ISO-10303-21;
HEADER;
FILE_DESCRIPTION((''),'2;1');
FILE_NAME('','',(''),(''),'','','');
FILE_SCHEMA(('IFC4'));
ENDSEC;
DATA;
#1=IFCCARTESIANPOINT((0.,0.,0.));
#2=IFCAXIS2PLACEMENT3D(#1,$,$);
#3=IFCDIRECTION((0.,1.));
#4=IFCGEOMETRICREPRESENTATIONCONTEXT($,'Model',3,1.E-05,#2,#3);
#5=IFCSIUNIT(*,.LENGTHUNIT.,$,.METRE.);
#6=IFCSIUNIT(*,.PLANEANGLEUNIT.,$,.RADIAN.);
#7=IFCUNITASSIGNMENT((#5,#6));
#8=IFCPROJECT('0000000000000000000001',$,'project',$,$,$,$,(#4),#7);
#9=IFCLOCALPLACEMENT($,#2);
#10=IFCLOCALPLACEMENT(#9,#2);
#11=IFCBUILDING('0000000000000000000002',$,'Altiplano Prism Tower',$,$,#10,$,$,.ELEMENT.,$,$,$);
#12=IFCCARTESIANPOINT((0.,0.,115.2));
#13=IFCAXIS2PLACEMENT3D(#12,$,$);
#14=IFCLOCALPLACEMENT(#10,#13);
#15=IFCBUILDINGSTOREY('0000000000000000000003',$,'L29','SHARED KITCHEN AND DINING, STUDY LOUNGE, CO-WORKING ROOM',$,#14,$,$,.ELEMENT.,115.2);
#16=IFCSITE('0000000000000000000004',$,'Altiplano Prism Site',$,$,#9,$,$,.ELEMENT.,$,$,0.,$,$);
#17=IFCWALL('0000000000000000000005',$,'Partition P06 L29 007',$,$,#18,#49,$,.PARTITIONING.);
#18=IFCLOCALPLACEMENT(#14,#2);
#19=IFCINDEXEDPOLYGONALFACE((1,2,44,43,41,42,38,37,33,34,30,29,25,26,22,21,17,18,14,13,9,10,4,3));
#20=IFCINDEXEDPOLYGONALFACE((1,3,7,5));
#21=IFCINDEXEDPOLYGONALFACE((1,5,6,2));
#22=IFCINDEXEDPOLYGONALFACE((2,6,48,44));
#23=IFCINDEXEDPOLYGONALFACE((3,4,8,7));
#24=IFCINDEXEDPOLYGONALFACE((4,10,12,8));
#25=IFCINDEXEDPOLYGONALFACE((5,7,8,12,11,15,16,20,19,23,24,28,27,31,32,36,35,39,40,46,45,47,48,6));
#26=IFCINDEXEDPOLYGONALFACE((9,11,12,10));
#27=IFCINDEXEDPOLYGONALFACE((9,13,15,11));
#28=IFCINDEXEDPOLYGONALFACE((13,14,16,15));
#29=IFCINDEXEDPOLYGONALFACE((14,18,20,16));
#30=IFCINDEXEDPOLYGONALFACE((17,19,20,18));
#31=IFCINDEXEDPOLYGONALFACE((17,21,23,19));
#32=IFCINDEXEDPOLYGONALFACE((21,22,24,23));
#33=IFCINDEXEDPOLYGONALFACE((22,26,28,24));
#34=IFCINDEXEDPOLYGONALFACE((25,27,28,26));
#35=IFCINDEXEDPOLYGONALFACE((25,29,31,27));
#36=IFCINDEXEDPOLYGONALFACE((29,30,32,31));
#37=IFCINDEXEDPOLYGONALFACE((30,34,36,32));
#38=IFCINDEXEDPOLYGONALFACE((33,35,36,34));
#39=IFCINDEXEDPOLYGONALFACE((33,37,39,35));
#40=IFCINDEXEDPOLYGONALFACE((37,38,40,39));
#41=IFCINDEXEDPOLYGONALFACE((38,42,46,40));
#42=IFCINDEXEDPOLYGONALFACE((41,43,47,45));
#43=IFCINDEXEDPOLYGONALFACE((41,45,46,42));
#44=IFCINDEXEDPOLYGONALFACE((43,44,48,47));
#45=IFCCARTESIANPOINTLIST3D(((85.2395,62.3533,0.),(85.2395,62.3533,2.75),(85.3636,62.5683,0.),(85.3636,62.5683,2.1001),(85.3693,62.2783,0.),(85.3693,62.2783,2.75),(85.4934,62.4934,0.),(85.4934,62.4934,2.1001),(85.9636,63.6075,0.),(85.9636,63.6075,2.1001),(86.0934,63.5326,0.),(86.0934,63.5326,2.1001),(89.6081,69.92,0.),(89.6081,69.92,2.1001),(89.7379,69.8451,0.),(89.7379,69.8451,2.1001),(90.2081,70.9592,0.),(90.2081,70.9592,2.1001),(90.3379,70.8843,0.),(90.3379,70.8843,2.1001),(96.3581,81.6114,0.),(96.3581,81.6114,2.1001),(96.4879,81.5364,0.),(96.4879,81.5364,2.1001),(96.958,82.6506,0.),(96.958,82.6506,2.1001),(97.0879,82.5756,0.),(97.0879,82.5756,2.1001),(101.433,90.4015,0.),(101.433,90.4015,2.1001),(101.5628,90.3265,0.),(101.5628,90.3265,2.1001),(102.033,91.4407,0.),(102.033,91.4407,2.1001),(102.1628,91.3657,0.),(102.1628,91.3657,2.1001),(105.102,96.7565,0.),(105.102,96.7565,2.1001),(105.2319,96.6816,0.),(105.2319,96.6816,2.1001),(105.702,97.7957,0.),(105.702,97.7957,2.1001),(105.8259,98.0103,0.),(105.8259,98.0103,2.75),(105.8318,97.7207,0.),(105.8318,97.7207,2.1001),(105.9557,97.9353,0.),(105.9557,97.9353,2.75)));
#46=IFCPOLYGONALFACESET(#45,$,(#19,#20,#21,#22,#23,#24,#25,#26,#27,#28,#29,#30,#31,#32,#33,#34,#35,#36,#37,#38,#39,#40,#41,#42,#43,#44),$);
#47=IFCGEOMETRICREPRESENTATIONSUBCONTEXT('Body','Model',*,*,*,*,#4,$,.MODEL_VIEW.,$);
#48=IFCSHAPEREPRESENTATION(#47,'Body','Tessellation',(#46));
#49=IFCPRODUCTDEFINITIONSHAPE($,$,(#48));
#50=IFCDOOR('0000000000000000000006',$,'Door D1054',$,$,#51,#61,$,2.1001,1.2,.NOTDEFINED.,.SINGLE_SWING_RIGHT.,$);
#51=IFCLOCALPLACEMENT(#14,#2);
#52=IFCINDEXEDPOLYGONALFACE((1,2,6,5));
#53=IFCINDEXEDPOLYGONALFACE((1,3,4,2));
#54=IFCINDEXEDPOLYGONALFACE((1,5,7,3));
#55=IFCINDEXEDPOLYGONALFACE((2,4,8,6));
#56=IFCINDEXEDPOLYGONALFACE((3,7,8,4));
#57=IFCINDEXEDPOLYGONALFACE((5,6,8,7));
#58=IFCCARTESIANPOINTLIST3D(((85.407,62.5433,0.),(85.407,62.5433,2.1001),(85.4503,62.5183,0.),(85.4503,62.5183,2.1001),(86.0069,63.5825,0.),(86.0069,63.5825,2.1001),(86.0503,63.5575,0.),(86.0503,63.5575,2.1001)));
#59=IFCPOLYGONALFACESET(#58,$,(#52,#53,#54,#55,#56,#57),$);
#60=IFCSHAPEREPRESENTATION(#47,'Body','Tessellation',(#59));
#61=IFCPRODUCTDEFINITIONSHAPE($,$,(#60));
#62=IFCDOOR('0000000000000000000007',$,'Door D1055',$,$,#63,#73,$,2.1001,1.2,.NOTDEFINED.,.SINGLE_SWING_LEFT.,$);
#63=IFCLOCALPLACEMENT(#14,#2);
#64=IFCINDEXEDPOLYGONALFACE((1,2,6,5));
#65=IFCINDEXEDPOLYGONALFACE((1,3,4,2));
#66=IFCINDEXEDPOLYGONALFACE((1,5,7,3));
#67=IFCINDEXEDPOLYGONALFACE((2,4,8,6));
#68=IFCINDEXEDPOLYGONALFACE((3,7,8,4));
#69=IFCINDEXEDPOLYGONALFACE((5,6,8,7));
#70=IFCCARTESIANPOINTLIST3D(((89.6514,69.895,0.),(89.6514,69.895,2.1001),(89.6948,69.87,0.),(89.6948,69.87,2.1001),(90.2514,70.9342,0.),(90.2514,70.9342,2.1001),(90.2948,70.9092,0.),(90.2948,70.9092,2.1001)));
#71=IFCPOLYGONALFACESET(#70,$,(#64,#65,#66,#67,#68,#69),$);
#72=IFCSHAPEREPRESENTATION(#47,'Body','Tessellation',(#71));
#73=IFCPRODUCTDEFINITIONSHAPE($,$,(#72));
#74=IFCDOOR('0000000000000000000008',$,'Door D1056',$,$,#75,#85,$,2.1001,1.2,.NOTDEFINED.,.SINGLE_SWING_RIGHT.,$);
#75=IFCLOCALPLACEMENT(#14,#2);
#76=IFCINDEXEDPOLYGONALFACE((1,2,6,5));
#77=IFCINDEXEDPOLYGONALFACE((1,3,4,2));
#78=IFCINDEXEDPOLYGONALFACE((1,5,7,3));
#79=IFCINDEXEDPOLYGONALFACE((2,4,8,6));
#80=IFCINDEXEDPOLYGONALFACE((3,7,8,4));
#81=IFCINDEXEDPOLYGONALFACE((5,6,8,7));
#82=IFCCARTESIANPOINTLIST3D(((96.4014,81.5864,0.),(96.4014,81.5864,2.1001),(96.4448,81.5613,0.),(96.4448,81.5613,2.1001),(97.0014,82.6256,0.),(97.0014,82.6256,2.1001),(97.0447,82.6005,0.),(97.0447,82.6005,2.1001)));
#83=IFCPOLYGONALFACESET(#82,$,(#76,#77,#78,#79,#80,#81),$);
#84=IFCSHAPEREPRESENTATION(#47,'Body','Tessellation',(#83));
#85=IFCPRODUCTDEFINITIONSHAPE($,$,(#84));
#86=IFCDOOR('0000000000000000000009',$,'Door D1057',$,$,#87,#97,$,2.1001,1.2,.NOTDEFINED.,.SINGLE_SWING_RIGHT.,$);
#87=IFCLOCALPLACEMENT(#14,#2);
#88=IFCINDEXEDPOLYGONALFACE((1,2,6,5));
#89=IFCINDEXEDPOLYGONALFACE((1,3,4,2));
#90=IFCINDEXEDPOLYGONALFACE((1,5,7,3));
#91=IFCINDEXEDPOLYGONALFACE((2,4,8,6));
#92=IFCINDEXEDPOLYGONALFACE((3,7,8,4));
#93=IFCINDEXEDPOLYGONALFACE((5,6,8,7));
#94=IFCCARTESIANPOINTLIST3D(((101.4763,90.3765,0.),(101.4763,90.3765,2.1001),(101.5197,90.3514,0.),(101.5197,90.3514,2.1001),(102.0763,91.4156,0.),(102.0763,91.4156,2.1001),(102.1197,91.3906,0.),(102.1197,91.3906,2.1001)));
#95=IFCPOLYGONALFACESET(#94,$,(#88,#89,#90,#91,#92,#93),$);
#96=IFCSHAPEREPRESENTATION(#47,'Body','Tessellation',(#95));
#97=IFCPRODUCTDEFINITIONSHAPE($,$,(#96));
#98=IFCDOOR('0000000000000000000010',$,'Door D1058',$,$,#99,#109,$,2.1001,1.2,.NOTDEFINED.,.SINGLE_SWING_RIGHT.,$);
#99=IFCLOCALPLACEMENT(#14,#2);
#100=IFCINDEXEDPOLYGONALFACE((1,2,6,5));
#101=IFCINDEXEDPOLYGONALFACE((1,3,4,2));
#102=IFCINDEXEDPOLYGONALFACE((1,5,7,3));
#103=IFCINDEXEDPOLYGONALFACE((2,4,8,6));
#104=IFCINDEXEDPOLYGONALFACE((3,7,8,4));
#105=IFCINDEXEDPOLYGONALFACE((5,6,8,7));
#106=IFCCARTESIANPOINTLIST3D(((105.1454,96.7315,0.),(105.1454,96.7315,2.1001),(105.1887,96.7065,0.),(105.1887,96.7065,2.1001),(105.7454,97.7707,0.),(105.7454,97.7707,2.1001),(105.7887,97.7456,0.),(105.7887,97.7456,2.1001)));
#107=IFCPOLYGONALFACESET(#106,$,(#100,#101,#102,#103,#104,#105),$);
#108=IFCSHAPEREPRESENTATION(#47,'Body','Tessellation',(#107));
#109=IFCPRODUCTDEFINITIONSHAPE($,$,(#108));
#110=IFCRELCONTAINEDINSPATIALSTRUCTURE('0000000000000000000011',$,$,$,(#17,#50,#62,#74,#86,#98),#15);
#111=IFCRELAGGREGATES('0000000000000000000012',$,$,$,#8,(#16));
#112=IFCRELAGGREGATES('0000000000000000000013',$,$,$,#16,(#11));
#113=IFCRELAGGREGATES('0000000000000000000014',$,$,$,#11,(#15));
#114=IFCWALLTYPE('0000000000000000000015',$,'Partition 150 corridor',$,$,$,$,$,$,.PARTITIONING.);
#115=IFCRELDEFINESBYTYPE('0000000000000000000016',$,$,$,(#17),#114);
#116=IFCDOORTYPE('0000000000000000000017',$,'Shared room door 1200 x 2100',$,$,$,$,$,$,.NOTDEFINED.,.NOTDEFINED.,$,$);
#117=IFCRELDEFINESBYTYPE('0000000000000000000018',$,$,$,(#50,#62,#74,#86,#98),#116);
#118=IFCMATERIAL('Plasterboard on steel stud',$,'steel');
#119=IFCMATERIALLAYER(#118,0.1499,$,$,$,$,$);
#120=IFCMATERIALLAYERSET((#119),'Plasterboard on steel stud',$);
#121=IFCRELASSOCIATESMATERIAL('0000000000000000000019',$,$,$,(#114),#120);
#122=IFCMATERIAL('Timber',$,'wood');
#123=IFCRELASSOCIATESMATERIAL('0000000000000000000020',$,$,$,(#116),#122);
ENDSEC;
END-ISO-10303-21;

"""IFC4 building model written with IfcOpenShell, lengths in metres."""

from ifc_helpers import new_model, si_unit, direction, frame, frame_2d, origin, place, context, subcontext, project, spatial, rectangle, extrude, material, layer, layer_set, type_object, element, fill, save


model = new_model("IFC4")

# Units and contexts
model_context = context("Model", 3, precision=1e-05, world=origin(), true_north=direction((0.0, 1.0)))
body_context = subcontext(model_context, "Body", "Model", "MODEL_VIEW")
ifc_project = project(units=[si_unit("LENGTHUNIT", "METRE"), si_unit("PLANEANGLEUNIT", "RADIAN")], contexts=[model_context])

# Site, building, storey
site_placement = place(None, origin())
site = spatial("IfcSite", under=ifc_project, at=site_placement, Name="Altiplano Prism Site", CompositionType="ELEMENT", RefElevation=0.0)
building_placement = place(site_placement, origin())
building = spatial("IfcBuilding", under=site, at=building_placement, Name="Altiplano Prism Tower", CompositionType="ELEMENT")
storey_placement = place(building_placement, frame((0.0, 0.0, 115.2)))
storey = spatial("IfcBuildingStorey", under=building, at=storey_placement, Name="L29", Description="SHARED KITCHEN AND DINING, STUDY LOUNGE, CO-WORKING ROOM", CompositionType="ELEMENT", Elevation=115.2)

# Shared definitions
ifc_material_1 = material(Name="Plasterboard on steel stud", Category="steel")
ifc_layer_1 = layer(ifc_material_1, 0.1499)
ifc_layer_set_1 = layer_set([ifc_layer_1], Name="Plasterboard on steel stud")
wall_type_1 = type_object("IfcWallType", Name="Partition 150 corridor", PredefinedType="PARTITIONING", material=ifc_layer_set_1)

# Wall, openings, doors
wall_1_placement = place(storey_placement, frame((85.3044, 62.3159, 0.0), z_axis=(0.0, 0.0, 1.0), x_axis=(0.499997, 0.866027, 0.0)))
wall_1 = element("IfcWall", 1, at=wall_1_placement, inside=storey, type_object=wall_type_1, Name="Partition P06 L29 007", PredefinedType="PARTITIONING", context=body_context, shape_type="SweptSolid", body=[
    extrude(rectangle(XDim=41.1731, YDim=0.1499, at=frame_2d((20.5864, 0.0))), origin(), (0.0, 0.0, 1.0), 2.75),
])
opening_1_placement = place(wall_1_placement, frame((0.248, 0.0, 0.0)))
opening_1 = element("IfcOpeningElement", 2, at=opening_1_placement, cuts=wall_1, PredefinedType="OPENING", context=body_context, shape_type="SweptSolid", body=[
    extrude(rectangle(XDim=1.2, YDim=2.1001, at=frame_2d((0.6001, 1.05))), frame((0.0, 0.0854, 0.0), z_axis=(0.0, -1.0, 0.0), x_axis=(1.0, 0.0, 0.0)), (0.0, 0.0, 1.0), 0.1709),
])
opening_2_placement = place(wall_1_placement, frame((8.7371, 0.0, 0.0)))
opening_2 = element("IfcOpeningElement", 3, at=opening_2_placement, cuts=wall_1, PredefinedType="OPENING", context=body_context, shape_type="SweptSolid", body=[
    extrude(rectangle(XDim=1.2, YDim=2.1001, at=frame_2d((0.6001, 1.05))), frame((0.0, 0.0854, 0.0), z_axis=(0.0, -1.0, 0.0), x_axis=(1.0, 0.0, 0.0)), (0.0, 0.0, 1.0), 0.1709),
])
opening_3_placement = place(wall_1_placement, frame((22.2371, 0.0, 0.0)))
opening_3 = element("IfcOpeningElement", 4, at=opening_3_placement, cuts=wall_1, PredefinedType="OPENING", context=body_context, shape_type="SweptSolid", body=[
    extrude(rectangle(XDim=1.2, YDim=2.1001, at=frame_2d((0.6001, 1.05))), frame((0.0, 0.0854, 0.0), z_axis=(0.0, -1.0, 0.0), x_axis=(1.0, 0.0, 0.0)), (0.0, 0.0, 1.0), 0.1709),
])
opening_4_placement = place(wall_1_placement, frame((32.387, 0.0, 0.0)))
opening_4 = element("IfcOpeningElement", 5, at=opening_4_placement, cuts=wall_1, PredefinedType="OPENING", context=body_context, shape_type="SweptSolid", body=[
    extrude(rectangle(XDim=1.2, YDim=2.1001, at=frame_2d((0.6001, 1.05))), frame((0.0, 0.0854, 0.0), z_axis=(0.0, -1.0, 0.0), x_axis=(1.0, 0.0, 0.0)), (0.0, 0.0, 1.0), 0.1709),
])
opening_5_placement = place(wall_1_placement, frame((39.7251, 0.0, 0.0)))
opening_5 = element("IfcOpeningElement", 6, at=opening_5_placement, cuts=wall_1, PredefinedType="OPENING", context=body_context, shape_type="SweptSolid", body=[
    extrude(rectangle(XDim=1.2, YDim=2.1001, at=frame_2d((0.6001, 1.05))), frame((0.0, 0.0854, 0.0), z_axis=(0.0, -1.0, 0.0), x_axis=(1.0, 0.0, 0.0)), (0.0, 0.0, 1.0), 0.1709),
])
ifc_material_2 = material(Name="Timber", Category="wood")
door_type_1 = type_object("IfcDoorType", Name="Shared room door 1200 x 2100", OperationType="NOTDEFINED", PredefinedType="NOTDEFINED", material=ifc_material_2)
door_1_placement = place(opening_1_placement, origin())
door_1 = element("IfcDoor", 7, at=door_1_placement, inside=storey, type_object=door_type_1, Name="Door D1054", OperationType="SINGLE_SWING_RIGHT", OverallHeight=2.1001, OverallWidth=1.2, PredefinedType="NOTDEFINED", context=body_context, shape_type="SweptSolid", body=[
    extrude(rectangle(XDim=1.2, YDim=2.1001, at=frame_2d((0.6001, 1.05))), frame((0.0, 0.0249, 0.0), z_axis=(0.0, -1.0, 0.0), x_axis=(1.0, 0.0, 0.0)), (0.0, 0.0, 1.0), 0.05),
])
fill(opening_1, door_1)
door_2_placement = place(opening_2_placement, origin())
door_2 = element("IfcDoor", 8, at=door_2_placement, inside=storey, type_object=door_type_1, Name="Door D1055", OperationType="SINGLE_SWING_LEFT", OverallHeight=2.1001, OverallWidth=1.2, PredefinedType="NOTDEFINED", context=body_context, shape_type="SweptSolid", body=[
    extrude(rectangle(XDim=1.2, YDim=2.1001, at=frame_2d((0.6001, 1.05))), frame((0.0, 0.0249, 0.0), z_axis=(0.0, -1.0, 0.0), x_axis=(1.0, 0.0, 0.0)), (0.0, 0.0, 1.0), 0.05),
])
fill(opening_2, door_2)
door_3_placement = place(opening_3_placement, origin())
door_3 = element("IfcDoor", 9, at=door_3_placement, inside=storey, type_object=door_type_1, Name="Door D1056", OperationType="SINGLE_SWING_RIGHT", OverallHeight=2.1001, OverallWidth=1.2, PredefinedType="NOTDEFINED", context=body_context, shape_type="SweptSolid", body=[
    extrude(rectangle(XDim=1.2, YDim=2.1001, at=frame_2d((0.6001, 1.05))), frame((0.0, 0.0249, 0.0), z_axis=(0.0, -1.0, 0.0), x_axis=(1.0, 0.0, 0.0)), (0.0, 0.0, 1.0), 0.05),
])
fill(opening_3, door_3)
door_4_placement = place(opening_4_placement, origin())
door_4 = element("IfcDoor", 10, at=door_4_placement, inside=storey, type_object=door_type_1, Name="Door D1057", OperationType="SINGLE_SWING_RIGHT", OverallHeight=2.1001, OverallWidth=1.2, PredefinedType="NOTDEFINED", context=body_context, shape_type="SweptSolid", body=[
    extrude(rectangle(XDim=1.2, YDim=2.1001, at=frame_2d((0.6001, 1.05))), frame((0.0, 0.0249, 0.0), z_axis=(0.0, -1.0, 0.0), x_axis=(1.0, 0.0, 0.0)), (0.0, 0.0, 1.0), 0.05),
])
fill(opening_4, door_4)
door_5_placement = place(opening_5_placement, origin())
door_5 = element("IfcDoor", 11, at=door_5_placement, inside=storey, type_object=door_type_1, Name="Door D1058", OperationType="SINGLE_SWING_RIGHT", OverallHeight=2.1001, OverallWidth=1.2, PredefinedType="NOTDEFINED", context=body_context, shape_type="SweptSolid", body=[
    extrude(rectangle(XDim=1.2, YDim=2.1001, at=frame_2d((0.6001, 1.05))), frame((0.0, 0.0249, 0.0), z_axis=(0.0, -1.0, 0.0), x_axis=(1.0, 0.0, 0.0)), (0.0, 0.0, 1.0), 0.05),
])
fill(opening_5, door_5)

save(model, "model.ifc")
